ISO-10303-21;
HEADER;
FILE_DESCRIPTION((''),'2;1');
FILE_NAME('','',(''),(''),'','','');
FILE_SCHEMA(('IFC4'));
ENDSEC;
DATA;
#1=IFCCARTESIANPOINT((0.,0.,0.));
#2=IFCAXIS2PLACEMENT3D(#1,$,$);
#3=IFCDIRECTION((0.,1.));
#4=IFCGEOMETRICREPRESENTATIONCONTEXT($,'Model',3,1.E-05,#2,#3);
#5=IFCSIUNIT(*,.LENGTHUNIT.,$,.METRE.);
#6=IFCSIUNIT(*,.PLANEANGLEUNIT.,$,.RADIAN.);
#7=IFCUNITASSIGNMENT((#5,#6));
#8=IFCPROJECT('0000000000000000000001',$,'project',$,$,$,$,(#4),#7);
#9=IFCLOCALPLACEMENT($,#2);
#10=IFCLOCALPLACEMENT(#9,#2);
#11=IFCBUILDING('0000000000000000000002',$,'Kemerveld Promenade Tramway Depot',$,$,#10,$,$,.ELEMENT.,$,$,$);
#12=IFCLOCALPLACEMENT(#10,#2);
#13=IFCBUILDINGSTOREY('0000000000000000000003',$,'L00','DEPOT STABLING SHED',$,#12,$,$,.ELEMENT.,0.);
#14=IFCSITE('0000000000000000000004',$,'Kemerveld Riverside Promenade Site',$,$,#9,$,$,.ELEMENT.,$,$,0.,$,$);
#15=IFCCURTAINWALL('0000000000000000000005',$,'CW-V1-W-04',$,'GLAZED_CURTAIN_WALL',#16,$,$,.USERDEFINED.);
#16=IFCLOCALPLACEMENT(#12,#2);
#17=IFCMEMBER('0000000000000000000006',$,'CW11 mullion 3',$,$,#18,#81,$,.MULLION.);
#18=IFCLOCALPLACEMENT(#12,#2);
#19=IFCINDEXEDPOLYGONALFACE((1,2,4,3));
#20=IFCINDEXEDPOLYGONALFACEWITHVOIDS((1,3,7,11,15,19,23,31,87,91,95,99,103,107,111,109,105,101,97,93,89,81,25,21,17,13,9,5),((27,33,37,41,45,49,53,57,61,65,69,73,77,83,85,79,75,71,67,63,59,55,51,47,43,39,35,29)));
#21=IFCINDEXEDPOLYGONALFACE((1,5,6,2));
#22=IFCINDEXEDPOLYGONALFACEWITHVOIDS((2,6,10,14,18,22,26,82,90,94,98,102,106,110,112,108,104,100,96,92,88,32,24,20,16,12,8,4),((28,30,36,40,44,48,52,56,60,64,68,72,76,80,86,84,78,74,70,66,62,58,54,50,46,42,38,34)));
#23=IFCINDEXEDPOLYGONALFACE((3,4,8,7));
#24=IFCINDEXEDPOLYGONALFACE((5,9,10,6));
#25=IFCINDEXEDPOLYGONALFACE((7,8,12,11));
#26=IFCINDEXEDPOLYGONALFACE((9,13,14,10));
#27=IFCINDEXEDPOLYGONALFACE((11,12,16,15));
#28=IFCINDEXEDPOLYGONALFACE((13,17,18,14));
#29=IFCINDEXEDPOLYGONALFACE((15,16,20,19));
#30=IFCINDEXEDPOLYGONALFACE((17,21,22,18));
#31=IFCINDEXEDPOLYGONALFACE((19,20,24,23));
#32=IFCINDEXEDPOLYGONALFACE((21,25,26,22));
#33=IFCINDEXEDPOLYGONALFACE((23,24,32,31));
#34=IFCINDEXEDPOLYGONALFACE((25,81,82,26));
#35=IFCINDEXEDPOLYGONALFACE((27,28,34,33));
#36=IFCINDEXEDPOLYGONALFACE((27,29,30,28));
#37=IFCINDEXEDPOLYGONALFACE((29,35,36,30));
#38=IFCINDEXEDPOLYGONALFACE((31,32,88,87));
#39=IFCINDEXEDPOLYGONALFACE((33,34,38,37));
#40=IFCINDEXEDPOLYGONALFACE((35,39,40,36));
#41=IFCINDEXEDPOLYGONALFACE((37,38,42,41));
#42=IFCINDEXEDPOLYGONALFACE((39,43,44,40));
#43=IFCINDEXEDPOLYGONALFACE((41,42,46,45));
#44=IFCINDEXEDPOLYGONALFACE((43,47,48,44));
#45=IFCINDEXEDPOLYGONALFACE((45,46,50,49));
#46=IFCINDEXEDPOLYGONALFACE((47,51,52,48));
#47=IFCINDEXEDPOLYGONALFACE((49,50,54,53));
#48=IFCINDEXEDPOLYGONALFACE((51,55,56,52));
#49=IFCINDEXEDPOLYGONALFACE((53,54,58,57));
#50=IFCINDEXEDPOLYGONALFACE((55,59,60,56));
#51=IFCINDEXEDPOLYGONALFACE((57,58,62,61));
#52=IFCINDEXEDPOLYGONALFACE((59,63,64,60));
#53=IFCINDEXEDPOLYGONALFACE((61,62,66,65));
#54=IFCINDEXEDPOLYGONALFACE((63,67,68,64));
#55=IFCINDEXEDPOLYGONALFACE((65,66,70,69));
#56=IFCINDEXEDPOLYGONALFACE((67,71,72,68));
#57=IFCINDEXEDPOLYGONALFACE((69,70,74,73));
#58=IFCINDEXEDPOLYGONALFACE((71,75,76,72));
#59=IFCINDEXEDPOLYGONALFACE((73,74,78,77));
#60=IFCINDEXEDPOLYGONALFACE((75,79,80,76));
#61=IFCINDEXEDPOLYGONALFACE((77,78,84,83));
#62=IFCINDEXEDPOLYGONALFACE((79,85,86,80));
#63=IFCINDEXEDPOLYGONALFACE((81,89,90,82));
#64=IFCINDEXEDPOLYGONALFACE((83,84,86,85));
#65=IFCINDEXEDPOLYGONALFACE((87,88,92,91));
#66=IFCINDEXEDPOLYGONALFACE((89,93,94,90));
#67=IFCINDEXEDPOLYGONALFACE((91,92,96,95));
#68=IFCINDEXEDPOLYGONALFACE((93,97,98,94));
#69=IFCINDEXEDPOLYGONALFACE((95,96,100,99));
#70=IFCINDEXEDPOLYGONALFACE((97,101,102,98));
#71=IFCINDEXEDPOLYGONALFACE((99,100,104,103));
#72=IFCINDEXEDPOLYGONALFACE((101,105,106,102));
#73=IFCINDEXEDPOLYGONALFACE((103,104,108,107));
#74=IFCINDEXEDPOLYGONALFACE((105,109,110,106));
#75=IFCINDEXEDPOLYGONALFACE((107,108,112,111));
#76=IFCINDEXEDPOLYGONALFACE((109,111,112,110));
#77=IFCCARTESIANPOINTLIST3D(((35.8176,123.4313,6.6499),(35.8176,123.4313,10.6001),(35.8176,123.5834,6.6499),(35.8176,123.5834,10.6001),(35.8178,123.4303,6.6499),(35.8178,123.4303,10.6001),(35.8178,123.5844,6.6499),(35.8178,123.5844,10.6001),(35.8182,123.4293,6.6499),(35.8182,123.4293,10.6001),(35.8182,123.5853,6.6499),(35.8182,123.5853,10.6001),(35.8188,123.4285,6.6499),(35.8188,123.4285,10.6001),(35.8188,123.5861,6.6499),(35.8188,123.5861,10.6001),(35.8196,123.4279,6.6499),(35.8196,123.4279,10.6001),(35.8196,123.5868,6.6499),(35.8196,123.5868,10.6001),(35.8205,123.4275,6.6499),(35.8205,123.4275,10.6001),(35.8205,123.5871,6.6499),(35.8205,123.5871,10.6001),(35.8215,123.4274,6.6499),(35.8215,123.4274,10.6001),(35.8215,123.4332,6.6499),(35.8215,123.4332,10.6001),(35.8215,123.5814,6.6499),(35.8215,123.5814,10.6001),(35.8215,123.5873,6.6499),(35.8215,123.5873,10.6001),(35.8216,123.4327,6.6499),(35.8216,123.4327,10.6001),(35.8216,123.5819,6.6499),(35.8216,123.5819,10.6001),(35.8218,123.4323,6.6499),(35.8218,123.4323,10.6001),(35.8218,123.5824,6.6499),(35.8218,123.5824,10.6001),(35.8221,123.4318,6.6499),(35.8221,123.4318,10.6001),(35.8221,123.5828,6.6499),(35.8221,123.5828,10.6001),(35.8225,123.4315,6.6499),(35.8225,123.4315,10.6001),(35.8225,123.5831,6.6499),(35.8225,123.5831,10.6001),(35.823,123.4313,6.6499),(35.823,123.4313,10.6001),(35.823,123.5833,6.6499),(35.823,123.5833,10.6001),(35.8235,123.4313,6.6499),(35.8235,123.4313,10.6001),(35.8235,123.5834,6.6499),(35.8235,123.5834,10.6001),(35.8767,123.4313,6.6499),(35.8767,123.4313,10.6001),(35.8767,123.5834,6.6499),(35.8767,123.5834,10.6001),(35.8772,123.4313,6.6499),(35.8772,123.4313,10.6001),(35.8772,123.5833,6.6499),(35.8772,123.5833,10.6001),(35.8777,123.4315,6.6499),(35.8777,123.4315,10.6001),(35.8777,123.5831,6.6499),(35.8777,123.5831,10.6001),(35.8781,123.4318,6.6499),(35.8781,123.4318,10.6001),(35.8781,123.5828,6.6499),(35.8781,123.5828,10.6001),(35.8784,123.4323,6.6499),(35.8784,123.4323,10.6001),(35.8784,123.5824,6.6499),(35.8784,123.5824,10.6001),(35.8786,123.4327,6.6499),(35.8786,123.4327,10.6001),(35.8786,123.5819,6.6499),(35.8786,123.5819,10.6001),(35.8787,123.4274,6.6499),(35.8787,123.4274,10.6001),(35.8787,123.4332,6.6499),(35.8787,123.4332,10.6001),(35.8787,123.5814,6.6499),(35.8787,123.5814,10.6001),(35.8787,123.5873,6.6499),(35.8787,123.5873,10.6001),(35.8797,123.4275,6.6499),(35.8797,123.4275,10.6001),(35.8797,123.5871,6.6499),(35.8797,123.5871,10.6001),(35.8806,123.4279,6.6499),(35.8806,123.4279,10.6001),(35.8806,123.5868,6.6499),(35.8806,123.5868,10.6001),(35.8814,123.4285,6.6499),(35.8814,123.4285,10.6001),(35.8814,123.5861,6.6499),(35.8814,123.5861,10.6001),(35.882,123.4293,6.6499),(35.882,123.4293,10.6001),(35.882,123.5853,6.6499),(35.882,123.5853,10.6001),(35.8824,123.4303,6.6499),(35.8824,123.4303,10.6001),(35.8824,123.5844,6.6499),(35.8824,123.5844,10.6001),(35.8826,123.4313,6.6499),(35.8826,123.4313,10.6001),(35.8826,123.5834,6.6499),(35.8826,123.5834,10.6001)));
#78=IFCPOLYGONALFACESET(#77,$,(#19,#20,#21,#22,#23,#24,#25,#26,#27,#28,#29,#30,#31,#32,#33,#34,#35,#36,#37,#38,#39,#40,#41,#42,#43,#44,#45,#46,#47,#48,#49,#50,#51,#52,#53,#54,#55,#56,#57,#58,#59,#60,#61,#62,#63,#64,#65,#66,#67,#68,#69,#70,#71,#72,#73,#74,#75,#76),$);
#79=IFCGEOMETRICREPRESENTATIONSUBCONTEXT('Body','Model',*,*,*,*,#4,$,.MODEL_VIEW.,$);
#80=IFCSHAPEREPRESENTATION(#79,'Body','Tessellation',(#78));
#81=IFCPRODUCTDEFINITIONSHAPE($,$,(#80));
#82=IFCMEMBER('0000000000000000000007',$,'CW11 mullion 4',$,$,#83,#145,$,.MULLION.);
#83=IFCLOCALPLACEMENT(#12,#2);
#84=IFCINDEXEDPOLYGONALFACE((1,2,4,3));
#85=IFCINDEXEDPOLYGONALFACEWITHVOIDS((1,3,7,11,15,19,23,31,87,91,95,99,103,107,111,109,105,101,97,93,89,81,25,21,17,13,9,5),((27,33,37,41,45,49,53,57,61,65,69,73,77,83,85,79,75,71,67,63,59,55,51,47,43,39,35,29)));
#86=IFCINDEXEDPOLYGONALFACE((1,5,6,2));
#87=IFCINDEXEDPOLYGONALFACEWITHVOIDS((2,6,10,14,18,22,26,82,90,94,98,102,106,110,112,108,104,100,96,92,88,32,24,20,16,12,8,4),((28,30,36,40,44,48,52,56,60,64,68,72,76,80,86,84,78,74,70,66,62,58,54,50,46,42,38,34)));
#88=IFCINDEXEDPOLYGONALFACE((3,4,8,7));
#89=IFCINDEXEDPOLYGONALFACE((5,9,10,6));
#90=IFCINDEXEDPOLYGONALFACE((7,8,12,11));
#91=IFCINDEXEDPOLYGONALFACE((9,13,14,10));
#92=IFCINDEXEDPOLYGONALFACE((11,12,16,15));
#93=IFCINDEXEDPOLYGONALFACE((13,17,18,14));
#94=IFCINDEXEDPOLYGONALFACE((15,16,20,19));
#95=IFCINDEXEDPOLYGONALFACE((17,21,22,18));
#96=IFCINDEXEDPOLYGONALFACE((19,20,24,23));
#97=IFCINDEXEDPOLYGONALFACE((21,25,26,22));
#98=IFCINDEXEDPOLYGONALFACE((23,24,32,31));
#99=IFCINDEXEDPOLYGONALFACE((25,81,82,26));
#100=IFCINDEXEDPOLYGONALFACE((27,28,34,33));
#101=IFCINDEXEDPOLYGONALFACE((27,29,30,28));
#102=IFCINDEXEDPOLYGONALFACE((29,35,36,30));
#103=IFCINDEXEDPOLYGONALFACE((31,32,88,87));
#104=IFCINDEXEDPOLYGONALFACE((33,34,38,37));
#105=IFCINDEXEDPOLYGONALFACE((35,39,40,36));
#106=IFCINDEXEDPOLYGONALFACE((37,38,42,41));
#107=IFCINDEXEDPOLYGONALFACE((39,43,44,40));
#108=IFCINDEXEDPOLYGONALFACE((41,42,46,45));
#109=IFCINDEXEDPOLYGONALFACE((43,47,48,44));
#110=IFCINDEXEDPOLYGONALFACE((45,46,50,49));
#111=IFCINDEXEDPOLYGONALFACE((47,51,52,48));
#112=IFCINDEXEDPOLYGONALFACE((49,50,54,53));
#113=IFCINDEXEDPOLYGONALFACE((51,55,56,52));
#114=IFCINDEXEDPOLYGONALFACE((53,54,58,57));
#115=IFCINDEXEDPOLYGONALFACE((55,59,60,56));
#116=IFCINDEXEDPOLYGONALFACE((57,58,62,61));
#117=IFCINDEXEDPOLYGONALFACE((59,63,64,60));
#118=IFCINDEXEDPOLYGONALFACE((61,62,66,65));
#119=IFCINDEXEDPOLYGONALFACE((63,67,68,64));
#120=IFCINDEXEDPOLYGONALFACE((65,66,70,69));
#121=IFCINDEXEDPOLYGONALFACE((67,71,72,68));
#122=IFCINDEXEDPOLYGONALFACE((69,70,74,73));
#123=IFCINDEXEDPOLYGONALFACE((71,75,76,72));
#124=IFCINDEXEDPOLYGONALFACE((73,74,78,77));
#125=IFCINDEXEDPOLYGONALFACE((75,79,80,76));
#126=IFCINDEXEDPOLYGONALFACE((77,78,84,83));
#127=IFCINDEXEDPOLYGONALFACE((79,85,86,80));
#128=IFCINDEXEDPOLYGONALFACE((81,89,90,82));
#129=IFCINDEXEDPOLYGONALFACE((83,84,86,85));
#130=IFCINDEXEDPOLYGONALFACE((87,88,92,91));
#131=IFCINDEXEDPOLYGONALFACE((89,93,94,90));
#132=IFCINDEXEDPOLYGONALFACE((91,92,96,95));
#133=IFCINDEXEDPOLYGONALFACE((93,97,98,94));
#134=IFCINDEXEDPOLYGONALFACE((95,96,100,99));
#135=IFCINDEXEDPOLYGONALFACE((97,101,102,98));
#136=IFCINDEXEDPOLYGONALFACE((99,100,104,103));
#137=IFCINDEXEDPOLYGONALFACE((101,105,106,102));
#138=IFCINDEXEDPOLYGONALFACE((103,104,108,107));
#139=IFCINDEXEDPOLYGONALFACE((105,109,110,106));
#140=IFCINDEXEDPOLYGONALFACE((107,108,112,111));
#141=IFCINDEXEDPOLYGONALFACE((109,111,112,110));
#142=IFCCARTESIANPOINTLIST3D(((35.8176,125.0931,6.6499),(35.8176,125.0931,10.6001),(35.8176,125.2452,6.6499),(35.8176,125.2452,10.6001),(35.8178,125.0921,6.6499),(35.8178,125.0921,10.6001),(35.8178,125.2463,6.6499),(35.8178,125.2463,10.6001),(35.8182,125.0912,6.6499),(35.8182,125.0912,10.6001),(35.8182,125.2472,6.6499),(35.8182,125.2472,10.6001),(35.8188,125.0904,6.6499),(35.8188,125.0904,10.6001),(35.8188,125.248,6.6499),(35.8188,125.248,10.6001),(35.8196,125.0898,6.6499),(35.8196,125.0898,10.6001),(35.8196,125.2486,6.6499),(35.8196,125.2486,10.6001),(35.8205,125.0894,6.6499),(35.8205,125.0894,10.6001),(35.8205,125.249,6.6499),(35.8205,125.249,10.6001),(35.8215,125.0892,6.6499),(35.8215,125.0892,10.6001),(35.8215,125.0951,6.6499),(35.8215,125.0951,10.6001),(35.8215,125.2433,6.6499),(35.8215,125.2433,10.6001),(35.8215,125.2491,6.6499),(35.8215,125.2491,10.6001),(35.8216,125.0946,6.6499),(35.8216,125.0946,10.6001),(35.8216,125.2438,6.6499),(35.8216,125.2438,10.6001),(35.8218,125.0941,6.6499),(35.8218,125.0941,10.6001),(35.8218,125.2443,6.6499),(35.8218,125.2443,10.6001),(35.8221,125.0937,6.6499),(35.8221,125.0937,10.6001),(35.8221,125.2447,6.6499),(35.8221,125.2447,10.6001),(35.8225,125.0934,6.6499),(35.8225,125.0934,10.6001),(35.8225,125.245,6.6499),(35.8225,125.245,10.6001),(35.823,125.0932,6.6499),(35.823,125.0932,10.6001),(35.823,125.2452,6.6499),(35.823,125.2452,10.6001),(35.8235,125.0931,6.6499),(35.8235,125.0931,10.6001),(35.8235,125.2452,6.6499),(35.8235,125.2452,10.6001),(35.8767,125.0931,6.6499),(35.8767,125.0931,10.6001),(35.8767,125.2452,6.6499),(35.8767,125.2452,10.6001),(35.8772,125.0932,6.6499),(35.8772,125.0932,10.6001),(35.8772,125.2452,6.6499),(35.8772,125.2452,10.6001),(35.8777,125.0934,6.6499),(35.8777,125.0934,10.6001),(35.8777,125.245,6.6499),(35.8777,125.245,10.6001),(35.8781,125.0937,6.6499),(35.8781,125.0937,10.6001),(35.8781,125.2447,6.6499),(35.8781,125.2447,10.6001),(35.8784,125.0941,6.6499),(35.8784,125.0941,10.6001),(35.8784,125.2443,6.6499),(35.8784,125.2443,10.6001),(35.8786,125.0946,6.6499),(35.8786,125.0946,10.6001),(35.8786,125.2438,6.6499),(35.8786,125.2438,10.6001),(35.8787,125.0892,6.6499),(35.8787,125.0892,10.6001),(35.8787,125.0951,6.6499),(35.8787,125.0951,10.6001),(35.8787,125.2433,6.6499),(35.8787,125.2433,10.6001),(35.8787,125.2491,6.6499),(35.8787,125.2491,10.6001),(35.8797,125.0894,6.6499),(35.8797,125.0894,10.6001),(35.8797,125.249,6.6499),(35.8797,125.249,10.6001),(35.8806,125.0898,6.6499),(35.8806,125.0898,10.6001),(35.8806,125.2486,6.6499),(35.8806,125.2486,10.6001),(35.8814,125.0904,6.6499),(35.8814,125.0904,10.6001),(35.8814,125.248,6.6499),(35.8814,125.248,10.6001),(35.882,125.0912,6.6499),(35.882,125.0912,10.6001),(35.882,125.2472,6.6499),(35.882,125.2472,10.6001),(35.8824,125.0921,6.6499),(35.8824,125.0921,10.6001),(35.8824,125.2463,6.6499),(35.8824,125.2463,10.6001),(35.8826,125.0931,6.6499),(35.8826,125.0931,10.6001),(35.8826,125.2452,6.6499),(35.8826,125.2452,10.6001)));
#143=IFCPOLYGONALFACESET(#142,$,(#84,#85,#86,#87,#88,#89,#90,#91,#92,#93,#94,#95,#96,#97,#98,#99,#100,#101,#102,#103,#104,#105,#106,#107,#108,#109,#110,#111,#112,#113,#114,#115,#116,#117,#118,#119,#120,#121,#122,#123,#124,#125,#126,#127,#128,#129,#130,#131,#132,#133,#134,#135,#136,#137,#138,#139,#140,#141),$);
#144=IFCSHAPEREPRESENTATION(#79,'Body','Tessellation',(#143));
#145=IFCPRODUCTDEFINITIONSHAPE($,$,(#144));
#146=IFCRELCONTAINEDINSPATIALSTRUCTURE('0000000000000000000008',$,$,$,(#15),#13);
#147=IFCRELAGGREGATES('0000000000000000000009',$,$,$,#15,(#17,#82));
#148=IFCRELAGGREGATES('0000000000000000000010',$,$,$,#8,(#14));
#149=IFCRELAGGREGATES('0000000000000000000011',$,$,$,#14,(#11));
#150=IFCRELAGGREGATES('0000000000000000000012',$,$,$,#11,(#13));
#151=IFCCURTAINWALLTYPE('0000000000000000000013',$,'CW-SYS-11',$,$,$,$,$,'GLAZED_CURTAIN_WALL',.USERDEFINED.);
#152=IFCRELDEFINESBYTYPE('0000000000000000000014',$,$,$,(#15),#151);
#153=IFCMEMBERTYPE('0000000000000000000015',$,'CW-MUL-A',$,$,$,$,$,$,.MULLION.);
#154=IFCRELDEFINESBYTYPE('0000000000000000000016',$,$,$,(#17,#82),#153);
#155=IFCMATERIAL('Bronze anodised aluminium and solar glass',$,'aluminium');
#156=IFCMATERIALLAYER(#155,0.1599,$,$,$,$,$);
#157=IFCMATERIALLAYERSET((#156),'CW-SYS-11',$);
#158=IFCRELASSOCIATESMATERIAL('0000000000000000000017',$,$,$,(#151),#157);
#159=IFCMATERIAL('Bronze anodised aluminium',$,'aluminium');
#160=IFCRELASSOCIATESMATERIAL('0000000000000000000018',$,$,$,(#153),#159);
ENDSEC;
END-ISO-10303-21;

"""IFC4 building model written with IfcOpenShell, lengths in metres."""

from ifc_helpers import new_model, si_unit, direction, frame, origin, origin_2d, place, context, subcontext, project, spatial, hollow_rectangle, extrude, material, layer, layer_set, material_profile, profile_set, type_object, element, aggregate, save


model = new_model("IFC4")

# Units and contexts
model_context = context("Model", 3, precision=1e-05, world=origin(), true_north=direction((0.0, 1.0)))
body_context = subcontext(model_context, "Body", "Model", "MODEL_VIEW")
ifc_project = project(units=[si_unit("LENGTHUNIT", "METRE"), si_unit("PLANEANGLEUNIT", "RADIAN")], contexts=[model_context])

# Site, building, storey
site_placement = place(None, origin())
site = spatial("IfcSite", under=ifc_project, at=site_placement, Name="Kemerveld Riverside Promenade Site", CompositionType="ELEMENT", RefElevation=0.0)
building_placement = place(site_placement, origin())
building = spatial("IfcBuilding", under=site, at=building_placement, Name="Kemerveld Promenade Tramway Depot", CompositionType="ELEMENT")
storey_placement = place(building_placement, origin())
storey = spatial("IfcBuildingStorey", under=building, at=storey_placement, Name="L00", Description="DEPOT STABLING SHED", CompositionType="ELEMENT", Elevation=0.0)

# Curtain wall, members
ifc_material_1 = material(Name="Bronze anodised aluminium and solar glass", Category="aluminium")
ifc_layer_1 = layer(ifc_material_1, 0.1599)
ifc_layer_set_1 = layer_set([ifc_layer_1], Name="CW-SYS-11")
curtain_wall_type_1 = type_object("IfcCurtainWallType", Name="CW-SYS-11", ElementType="GLAZED_CURTAIN_WALL", PredefinedType="USERDEFINED", material=ifc_layer_set_1)
curtain_wall_1_placement = place(storey_placement, origin())
curtain_wall_1 = element("IfcCurtainWall", 1, at=curtain_wall_1_placement, inside=storey, type_object=curtain_wall_type_1, Name="CW-V1-W-04", ObjectType="GLAZED_CURTAIN_WALL", PredefinedType="USERDEFINED")
ifc_material_2 = material(Name="Bronze anodised aluminium", Category="aluminium")
ifc_material_profile_1 = material_profile(ifc_material_2, hollow_rectangle(XDim=0.0649, YDim=0.1599, WallThickness=0.0039, InnerFilletRadius=0.002, OuterFilletRadius=0.0039, at=origin_2d()), Name="CW-MUL-160x65")
ifc_profile_set_1 = profile_set([ifc_material_profile_1], Name="Bronze anodised aluminium")
member_type_1 = type_object("IfcMemberType", Name="CW-MUL-A", PredefinedType="MULLION", material=ifc_profile_set_1)
member_1_placement = place(storey_placement, frame((35.8501, 123.5073, 6.6499), z_axis=(0.0, 0.0, 1.0), x_axis=(-1.0, 0.0, 0.0)))
member_1 = element("IfcMember", 2, at=member_1_placement, type_object=member_type_1, Name="CW11 mullion 3", PredefinedType="MULLION", context=body_context, shape_type="SweptSolid", body=[
    extrude(hollow_rectangle(XDim=0.0649, YDim=0.1599, WallThickness=0.0039, InnerFilletRadius=0.002, OuterFilletRadius=0.0039, at=origin_2d()), origin(), (0.0, 0.0, 1.0), 3.9502),
])
member_2_placement = place(storey_placement, frame((35.8501, 125.1692, 6.6499), z_axis=(0.0, 0.0, 1.0), x_axis=(-1.0, 0.0, 0.0)))
member_2 = element("IfcMember", 3, at=member_2_placement, type_object=member_type_1, Name="CW11 mullion 4", PredefinedType="MULLION", context=body_context, shape_type="SweptSolid", body=[
    extrude(hollow_rectangle(XDim=0.0649, YDim=0.1599, WallThickness=0.0039, InnerFilletRadius=0.002, OuterFilletRadius=0.0039, at=origin_2d()), origin(), (0.0, 0.0, 1.0), 3.9502),
])

aggregate(curtain_wall_1, [member_1, member_2])

save(model, "model.ifc")
